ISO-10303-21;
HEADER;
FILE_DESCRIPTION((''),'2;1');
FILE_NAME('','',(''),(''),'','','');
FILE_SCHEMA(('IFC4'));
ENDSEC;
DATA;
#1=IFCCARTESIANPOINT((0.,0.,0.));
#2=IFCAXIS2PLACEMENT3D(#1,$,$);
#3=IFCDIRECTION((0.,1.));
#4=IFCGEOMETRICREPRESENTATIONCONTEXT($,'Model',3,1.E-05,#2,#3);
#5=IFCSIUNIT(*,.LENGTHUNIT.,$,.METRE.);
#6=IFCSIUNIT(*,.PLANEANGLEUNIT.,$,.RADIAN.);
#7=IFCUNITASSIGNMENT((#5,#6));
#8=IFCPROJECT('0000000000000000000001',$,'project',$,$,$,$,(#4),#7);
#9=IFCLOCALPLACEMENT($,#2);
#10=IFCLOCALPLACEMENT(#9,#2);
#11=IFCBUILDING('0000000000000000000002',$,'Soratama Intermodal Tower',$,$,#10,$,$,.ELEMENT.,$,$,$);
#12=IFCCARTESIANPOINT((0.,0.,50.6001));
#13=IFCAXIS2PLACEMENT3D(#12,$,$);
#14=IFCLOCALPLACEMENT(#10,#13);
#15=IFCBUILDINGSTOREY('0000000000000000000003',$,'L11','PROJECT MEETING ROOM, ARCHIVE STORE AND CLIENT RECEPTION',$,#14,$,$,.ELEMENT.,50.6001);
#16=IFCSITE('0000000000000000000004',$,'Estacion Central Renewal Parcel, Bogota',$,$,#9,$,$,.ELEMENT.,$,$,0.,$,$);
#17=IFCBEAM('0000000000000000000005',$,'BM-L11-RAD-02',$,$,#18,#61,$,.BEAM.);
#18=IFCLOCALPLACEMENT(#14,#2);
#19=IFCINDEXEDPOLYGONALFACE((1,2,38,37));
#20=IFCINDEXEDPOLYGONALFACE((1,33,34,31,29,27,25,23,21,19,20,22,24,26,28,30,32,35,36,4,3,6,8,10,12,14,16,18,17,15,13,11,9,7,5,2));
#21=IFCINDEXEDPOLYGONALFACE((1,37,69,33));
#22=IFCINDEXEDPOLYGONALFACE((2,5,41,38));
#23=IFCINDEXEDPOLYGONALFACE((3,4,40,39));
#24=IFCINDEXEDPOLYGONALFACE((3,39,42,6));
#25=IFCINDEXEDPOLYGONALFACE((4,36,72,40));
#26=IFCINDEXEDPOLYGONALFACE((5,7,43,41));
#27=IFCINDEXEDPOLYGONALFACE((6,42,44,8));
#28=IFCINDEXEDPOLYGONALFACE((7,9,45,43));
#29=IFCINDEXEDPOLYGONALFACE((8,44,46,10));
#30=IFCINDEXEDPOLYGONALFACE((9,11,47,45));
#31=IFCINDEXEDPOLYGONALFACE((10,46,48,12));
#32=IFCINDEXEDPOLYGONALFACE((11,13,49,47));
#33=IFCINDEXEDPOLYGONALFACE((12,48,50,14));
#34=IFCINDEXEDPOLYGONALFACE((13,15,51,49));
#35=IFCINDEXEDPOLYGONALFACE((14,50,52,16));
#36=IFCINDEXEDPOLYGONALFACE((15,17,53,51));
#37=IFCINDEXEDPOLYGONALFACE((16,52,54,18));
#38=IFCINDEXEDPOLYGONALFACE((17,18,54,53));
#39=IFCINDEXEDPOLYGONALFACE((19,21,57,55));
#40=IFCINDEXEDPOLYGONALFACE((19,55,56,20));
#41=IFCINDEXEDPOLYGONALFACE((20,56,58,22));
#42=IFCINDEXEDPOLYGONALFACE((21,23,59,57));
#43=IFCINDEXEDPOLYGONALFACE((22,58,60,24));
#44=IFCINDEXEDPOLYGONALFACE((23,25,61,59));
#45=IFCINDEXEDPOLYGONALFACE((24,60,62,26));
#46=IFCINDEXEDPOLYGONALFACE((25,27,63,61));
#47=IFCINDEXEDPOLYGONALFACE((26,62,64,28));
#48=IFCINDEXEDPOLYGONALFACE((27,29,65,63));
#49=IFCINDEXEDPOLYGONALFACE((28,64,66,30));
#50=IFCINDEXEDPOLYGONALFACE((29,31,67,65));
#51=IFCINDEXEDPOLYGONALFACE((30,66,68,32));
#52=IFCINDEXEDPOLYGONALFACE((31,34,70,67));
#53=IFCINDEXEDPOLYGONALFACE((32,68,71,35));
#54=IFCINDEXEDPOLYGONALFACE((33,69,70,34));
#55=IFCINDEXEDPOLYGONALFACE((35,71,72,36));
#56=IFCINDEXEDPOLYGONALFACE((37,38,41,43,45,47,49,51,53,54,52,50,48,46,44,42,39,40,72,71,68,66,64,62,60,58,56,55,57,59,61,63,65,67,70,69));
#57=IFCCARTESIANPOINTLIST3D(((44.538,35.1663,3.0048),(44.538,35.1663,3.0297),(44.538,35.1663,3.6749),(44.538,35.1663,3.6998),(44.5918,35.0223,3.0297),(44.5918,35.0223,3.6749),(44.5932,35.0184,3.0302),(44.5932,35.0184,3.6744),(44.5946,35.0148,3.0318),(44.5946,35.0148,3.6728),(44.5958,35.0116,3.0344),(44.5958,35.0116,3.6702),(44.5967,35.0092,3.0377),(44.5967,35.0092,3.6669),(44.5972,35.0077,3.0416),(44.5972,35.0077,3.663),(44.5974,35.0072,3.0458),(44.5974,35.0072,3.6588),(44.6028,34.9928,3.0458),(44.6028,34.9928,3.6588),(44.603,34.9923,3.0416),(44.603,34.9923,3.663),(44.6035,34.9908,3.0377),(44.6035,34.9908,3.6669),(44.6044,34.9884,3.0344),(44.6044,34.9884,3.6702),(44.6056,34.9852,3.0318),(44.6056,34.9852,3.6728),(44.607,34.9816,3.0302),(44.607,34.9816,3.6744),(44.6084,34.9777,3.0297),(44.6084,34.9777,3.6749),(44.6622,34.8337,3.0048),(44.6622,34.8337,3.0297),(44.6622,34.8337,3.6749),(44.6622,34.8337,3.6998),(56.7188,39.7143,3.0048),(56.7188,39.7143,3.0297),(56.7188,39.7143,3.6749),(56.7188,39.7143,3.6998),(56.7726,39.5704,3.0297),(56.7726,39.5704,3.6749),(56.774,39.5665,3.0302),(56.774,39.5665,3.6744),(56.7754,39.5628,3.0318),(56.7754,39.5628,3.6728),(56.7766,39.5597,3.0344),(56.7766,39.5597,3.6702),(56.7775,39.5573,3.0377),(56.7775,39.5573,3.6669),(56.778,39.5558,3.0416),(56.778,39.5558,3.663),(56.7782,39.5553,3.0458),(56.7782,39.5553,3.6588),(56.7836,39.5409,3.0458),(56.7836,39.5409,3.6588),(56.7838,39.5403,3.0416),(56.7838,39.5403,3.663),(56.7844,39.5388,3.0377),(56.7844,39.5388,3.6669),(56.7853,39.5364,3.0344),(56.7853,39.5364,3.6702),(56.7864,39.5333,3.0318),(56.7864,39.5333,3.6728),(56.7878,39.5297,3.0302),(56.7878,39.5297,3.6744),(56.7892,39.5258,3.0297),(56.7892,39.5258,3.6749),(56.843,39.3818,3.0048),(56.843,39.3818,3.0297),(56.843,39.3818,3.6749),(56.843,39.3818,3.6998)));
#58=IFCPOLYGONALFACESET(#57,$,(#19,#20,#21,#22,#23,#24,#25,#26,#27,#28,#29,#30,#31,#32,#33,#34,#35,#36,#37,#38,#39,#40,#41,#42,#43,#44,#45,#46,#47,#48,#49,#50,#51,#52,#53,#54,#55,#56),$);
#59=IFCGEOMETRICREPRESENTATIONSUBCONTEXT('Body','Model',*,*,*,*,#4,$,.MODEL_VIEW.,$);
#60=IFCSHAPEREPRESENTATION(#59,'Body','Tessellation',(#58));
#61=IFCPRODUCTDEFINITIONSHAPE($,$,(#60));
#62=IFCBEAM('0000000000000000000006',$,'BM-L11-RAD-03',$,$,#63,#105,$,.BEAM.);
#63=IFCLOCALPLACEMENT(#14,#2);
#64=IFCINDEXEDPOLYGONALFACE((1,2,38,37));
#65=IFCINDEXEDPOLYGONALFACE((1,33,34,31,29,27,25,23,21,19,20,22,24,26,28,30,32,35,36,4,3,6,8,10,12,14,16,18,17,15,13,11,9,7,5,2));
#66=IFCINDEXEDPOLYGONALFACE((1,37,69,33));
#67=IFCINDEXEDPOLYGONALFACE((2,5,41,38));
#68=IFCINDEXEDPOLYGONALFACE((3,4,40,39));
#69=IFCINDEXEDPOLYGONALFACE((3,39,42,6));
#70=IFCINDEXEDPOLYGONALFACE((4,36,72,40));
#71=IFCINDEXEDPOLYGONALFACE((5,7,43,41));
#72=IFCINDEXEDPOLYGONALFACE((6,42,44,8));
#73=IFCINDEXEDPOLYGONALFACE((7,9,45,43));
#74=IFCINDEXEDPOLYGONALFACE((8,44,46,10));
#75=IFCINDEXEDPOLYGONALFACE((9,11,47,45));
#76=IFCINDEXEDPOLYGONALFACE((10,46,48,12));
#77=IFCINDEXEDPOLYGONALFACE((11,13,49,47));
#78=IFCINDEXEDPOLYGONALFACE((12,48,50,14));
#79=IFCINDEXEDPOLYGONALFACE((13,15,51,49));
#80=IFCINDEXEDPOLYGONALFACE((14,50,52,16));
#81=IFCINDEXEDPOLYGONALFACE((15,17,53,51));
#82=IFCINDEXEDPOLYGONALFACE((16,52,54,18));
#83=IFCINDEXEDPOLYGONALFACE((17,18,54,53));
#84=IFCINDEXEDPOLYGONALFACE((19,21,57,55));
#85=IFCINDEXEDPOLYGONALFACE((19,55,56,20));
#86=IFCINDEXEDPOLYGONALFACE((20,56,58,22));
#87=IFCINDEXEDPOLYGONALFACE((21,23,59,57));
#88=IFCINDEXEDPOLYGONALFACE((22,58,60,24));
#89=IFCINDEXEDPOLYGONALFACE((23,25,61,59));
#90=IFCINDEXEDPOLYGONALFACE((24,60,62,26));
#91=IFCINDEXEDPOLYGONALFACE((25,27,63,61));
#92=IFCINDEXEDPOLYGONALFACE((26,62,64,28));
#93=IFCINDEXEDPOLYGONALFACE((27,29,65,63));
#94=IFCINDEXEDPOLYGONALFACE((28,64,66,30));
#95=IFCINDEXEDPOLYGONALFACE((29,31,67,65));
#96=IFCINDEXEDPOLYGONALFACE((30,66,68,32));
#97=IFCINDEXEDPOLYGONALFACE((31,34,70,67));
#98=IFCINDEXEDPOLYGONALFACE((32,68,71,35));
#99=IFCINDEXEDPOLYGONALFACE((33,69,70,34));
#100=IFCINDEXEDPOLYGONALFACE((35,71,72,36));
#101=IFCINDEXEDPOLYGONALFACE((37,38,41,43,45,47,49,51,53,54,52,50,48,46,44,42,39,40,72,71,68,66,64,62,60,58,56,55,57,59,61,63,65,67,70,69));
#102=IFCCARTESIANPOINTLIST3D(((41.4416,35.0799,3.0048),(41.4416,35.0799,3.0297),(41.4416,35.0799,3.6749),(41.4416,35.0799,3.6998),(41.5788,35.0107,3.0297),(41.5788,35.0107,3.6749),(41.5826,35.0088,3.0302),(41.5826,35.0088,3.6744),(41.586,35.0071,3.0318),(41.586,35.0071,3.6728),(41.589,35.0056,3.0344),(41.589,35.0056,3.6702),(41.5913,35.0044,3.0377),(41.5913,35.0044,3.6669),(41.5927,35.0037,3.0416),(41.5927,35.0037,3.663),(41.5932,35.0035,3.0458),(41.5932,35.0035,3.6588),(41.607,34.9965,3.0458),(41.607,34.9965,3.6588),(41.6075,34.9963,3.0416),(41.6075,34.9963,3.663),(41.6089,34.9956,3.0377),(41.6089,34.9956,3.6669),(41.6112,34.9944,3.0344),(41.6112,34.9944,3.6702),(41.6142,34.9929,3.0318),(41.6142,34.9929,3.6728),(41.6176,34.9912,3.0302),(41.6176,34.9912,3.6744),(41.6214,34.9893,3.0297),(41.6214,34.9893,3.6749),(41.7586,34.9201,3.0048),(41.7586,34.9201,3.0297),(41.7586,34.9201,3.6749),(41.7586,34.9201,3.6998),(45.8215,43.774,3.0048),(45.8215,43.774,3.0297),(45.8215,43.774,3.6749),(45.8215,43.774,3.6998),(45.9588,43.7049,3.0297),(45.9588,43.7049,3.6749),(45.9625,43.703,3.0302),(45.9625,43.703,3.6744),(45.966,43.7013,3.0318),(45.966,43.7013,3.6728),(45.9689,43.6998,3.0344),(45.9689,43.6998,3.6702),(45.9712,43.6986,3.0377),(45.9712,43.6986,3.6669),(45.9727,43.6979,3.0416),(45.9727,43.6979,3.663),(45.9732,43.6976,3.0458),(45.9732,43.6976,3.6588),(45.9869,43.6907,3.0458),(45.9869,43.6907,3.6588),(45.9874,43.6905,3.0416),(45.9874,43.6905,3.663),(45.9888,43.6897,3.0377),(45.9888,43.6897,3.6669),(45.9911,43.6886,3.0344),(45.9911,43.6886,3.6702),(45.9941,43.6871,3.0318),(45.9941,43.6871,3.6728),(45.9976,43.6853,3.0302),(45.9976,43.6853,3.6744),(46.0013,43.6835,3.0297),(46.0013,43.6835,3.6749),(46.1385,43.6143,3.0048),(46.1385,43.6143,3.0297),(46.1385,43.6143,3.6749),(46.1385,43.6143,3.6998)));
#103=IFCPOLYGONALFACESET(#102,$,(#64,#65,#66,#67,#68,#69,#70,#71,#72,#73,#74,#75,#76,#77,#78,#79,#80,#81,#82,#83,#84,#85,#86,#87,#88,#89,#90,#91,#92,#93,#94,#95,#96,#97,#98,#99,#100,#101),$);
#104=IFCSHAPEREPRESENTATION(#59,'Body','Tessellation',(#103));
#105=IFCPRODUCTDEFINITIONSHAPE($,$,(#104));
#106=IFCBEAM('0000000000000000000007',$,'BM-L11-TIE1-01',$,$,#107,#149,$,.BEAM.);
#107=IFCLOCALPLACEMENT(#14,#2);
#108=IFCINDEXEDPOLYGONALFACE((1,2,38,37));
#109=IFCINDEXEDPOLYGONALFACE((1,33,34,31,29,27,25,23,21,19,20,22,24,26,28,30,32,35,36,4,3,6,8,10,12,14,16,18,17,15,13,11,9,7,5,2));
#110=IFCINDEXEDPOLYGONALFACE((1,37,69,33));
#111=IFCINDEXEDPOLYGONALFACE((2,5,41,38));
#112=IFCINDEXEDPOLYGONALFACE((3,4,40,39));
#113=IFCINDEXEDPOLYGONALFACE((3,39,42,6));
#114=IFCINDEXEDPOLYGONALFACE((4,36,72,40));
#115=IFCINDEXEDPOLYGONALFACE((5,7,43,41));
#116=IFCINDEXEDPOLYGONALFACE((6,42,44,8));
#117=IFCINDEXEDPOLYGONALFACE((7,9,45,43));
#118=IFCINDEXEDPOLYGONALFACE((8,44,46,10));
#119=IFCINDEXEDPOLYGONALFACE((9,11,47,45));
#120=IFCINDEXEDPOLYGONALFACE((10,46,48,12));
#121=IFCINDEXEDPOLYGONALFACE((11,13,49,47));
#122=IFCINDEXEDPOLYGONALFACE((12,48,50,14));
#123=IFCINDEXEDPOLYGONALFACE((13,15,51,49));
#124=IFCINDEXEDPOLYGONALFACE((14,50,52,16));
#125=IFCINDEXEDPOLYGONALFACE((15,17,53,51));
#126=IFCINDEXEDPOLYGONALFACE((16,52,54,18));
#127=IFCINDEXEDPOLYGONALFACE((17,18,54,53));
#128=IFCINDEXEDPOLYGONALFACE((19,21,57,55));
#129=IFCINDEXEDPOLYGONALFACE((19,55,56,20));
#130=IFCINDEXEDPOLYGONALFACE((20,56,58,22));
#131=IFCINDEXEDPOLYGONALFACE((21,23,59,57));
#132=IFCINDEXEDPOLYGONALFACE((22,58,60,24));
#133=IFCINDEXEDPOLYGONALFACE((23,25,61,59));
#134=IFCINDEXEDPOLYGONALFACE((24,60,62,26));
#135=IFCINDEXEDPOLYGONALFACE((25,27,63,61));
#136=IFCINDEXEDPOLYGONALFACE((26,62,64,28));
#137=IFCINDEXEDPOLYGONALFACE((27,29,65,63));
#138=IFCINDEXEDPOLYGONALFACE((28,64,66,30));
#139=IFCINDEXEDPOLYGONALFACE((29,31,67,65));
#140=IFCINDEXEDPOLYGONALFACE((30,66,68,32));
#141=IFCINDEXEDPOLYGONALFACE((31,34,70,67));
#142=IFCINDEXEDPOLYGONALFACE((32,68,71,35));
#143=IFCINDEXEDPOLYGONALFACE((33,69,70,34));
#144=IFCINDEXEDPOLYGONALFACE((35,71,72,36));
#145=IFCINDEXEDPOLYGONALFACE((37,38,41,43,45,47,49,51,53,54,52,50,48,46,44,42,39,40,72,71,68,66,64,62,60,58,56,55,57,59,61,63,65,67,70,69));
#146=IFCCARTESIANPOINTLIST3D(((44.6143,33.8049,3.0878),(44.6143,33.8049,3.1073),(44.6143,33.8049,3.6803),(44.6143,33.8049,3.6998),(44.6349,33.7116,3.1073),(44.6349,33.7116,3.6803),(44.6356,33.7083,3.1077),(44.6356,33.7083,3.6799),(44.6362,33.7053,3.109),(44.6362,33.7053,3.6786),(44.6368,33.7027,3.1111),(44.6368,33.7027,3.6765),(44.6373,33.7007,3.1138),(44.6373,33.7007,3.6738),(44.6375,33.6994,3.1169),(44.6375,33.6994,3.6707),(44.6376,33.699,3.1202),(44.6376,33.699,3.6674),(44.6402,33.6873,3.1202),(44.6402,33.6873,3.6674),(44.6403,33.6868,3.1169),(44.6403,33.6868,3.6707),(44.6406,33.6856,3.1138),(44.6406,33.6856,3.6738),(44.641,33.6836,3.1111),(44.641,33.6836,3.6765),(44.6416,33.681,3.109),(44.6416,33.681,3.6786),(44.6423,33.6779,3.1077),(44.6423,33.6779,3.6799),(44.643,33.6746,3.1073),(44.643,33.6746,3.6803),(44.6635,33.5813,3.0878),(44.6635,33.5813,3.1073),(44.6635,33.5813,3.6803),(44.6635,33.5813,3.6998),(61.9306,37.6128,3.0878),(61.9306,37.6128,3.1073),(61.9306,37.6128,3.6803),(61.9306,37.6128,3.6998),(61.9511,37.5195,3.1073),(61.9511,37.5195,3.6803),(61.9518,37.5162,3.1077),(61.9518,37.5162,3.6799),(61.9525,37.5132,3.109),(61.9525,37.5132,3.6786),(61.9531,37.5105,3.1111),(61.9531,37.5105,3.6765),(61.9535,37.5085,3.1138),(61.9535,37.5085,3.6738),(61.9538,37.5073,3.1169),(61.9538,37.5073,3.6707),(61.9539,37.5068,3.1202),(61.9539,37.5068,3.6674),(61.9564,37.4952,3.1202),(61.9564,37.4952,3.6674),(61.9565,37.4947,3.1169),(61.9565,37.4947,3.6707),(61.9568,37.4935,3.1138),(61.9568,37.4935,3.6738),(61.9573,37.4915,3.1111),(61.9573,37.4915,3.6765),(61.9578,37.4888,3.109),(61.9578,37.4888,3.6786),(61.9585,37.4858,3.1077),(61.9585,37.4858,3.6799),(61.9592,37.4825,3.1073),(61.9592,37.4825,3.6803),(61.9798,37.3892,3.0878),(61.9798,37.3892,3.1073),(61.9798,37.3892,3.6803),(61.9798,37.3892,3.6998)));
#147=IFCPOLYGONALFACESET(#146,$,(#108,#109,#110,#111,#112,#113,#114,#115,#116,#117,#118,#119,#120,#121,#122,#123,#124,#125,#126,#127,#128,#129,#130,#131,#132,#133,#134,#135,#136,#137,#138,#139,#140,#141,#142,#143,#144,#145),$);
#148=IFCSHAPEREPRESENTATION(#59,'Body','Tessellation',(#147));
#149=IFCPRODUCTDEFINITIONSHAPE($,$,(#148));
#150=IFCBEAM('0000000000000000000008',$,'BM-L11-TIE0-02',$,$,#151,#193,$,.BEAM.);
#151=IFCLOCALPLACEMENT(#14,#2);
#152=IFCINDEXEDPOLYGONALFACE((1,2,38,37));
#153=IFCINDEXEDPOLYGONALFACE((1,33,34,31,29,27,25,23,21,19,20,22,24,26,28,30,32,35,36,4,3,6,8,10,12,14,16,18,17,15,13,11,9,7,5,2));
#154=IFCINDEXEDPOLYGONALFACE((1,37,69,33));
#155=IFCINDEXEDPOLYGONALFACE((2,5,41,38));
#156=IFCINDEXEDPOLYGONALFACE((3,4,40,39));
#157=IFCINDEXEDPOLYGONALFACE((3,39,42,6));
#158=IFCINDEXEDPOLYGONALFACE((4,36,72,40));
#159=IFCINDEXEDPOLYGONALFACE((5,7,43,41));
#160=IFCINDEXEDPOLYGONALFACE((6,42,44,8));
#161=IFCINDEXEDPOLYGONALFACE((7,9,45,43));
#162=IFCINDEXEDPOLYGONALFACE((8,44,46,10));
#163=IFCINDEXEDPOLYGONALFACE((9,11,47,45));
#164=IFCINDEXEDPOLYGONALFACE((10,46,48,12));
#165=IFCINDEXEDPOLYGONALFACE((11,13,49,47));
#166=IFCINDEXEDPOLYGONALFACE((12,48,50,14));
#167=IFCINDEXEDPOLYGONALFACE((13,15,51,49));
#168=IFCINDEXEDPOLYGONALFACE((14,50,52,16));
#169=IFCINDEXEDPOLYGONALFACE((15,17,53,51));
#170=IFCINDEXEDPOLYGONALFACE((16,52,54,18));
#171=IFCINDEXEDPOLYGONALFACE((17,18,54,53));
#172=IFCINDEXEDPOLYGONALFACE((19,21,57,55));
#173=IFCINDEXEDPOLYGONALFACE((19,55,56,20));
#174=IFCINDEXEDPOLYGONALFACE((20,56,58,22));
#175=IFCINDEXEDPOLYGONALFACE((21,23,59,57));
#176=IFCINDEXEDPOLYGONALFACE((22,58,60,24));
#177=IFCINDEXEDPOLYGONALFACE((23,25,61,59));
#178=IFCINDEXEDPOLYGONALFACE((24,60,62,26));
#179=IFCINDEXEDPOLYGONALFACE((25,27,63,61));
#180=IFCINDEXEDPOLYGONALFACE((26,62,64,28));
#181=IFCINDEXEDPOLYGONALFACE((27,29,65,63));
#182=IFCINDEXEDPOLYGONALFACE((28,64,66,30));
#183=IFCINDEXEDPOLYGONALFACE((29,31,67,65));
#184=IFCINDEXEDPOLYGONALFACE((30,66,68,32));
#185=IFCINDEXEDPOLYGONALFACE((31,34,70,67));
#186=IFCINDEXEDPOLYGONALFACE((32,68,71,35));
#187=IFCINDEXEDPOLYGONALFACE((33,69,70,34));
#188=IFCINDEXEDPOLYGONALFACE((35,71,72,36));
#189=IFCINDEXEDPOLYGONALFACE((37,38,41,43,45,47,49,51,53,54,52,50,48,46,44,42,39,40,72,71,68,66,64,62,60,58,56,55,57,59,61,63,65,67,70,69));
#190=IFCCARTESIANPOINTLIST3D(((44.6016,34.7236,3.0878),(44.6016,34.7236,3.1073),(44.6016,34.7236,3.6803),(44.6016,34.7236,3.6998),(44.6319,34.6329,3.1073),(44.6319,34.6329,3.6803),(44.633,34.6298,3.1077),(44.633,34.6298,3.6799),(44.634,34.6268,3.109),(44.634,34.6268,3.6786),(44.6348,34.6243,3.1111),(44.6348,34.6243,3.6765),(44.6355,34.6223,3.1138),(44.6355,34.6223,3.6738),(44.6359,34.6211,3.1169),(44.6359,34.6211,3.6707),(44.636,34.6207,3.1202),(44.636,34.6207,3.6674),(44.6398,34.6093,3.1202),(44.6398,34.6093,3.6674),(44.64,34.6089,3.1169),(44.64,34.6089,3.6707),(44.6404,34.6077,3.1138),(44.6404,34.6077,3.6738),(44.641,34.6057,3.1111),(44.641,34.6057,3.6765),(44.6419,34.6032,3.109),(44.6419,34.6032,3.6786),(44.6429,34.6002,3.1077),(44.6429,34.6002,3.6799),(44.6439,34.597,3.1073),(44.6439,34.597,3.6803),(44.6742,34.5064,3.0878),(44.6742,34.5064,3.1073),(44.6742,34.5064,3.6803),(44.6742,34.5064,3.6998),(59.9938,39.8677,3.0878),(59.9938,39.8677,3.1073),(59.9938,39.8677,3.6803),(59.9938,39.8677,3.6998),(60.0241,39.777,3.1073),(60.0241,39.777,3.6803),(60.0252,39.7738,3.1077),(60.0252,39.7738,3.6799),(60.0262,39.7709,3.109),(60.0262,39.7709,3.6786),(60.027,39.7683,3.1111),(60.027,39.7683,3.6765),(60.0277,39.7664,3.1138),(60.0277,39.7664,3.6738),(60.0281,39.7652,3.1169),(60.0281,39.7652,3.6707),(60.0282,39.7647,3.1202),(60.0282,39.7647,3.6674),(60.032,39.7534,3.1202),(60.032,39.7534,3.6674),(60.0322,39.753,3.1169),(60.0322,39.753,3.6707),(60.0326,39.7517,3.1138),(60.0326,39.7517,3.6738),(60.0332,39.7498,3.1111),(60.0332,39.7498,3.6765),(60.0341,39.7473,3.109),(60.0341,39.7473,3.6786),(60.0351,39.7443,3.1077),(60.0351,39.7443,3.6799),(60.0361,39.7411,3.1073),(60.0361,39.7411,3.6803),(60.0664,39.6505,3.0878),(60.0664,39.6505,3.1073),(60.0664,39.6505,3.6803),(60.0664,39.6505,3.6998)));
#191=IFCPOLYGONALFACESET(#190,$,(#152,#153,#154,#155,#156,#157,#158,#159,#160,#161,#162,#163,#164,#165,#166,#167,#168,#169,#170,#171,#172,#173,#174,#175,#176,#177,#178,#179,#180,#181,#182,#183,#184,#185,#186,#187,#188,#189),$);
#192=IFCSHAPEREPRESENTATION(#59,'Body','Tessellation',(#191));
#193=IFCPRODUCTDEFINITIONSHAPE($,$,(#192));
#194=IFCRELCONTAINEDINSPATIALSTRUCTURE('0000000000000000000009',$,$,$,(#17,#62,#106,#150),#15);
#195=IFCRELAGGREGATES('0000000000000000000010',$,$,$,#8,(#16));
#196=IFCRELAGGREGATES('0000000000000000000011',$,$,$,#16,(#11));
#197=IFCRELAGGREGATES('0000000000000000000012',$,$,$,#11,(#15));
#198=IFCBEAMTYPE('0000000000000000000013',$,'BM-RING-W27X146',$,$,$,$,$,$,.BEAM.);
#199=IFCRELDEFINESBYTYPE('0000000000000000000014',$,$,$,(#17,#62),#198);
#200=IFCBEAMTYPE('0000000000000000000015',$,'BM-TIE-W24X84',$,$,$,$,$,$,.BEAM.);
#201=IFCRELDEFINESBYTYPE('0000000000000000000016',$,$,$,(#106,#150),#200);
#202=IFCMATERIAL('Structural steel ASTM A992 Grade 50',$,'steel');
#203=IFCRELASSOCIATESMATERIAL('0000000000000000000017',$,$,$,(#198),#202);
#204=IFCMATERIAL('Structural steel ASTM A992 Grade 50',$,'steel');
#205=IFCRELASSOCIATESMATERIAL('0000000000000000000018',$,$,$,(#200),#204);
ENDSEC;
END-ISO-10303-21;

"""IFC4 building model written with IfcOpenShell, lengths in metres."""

from ifc_helpers import new_model, si_unit, direction, frame, origin, origin_2d, place, context, subcontext, project, spatial, i_section, extrude, material, material_profile, profile_set, type_object, element, save


model = new_model("IFC4")

# Units and contexts
model_context = context("Model", 3, precision=1e-05, world=origin(), true_north=direction((0.0, 1.0)))
body_context = subcontext(model_context, "Body", "Model", "MODEL_VIEW")
ifc_project = project(units=[si_unit("LENGTHUNIT", "METRE"), si_unit("PLANEANGLEUNIT", "RADIAN")], contexts=[model_context])

# Site, building, storey
site_placement = place(None, origin())
site = spatial("IfcSite", under=ifc_project, at=site_placement, Name="Estacion Central Renewal Parcel, Bogota", CompositionType="ELEMENT", RefElevation=0.0)
building_placement = place(site_placement, origin())
building = spatial("IfcBuilding", under=site, at=building_placement, Name="Soratama Intermodal Tower", CompositionType="ELEMENT")
storey_placement = place(building_placement, frame((0.0, 0.0, 50.6001)))
storey = spatial("IfcBuildingStorey", under=building, at=storey_placement, Name="L11", Description="PROJECT MEETING ROOM, ARCHIVE STORE AND CLIENT RECEPTION", CompositionType="ELEMENT", Elevation=50.6001)

# Beams
ifc_material_1 = material(Name="Structural steel ASTM A992 Grade 50", Category="steel")
ifc_material_profile_1 = material_profile(ifc_material_1, i_section(OverallWidth=0.355, OverallDepth=0.6951, WebThickness=0.0154, FlangeThickness=0.0249, FilletRadius=0.0161, at=origin_2d()), Name="W27X146")
ifc_profile_set_1 = profile_set([ifc_material_profile_1], Name="Structural steel ASTM A992 Grade 50")
beam_type_1 = type_object("IfcBeamType", Name="BM-RING-W27X146", PredefinedType="BEAM", material=ifc_profile_set_1)
beam_1_placement = place(storey_placement, frame((44.6001, 35.0, 3.3523), z_axis=(0.936827, 0.349792, 0.0), x_axis=(-0.349792, 0.936827, 0.0)))
element("IfcBeam", 1, at=beam_1_placement, inside=storey, type_object=beam_type_1, Name="BM-L11-RAD-02", PredefinedType="BEAM", context=body_context, shape_type="SweptSolid", body=[
    extrude(i_section(OverallWidth=0.355, OverallDepth=0.6951, WebThickness=0.0154, FlangeThickness=0.0249, FilletRadius=0.0161, at=origin_2d()), origin(), (0.0, 0.0, 1.0), 13.0022),
])
beam_2_placement = place(storey_placement, frame((41.6001, 35.0, 3.3523), z_axis=(0.44991, 0.893074, 0.0), x_axis=(-0.893074, 0.44991, 0.0)))
element("IfcBeam", 2, at=beam_2_placement, inside=storey, type_object=beam_type_1, Name="BM-L11-RAD-03", PredefinedType="BEAM", context=body_context, shape_type="SweptSolid", body=[
    extrude(i_section(OverallWidth=0.355, OverallDepth=0.6951, WebThickness=0.0154, FlangeThickness=0.0249, FilletRadius=0.0161, at=origin_2d()), origin(), (0.0, 0.0, 1.0), 9.7351),
])
ifc_material_2 = material(Name="Structural steel ASTM A992 Grade 50", Category="steel")
ifc_material_profile_2 = material_profile(ifc_material_2, i_section(OverallWidth=0.229, OverallDepth=0.6121, WebThickness=0.012, FlangeThickness=0.0195, FilletRadius=0.0129, at=origin_2d()), Name="W24X84")
ifc_profile_set_2 = profile_set([ifc_material_profile_2], Name="Structural steel ASTM A992 Grade 50")
beam_type_2 = type_object("IfcBeamType", Name="BM-TIE-W24X84", PredefinedType="BEAM", material=ifc_profile_set_2)
beam_3_placement = place(storey_placement, frame((44.6389, 33.6931, 3.3938), z_axis=(0.976665, 0.214771, 0.0), x_axis=(-0.214771, 0.976665, 0.0)))
element("IfcBeam", 3, at=beam_3_placement, inside=storey, type_object=beam_type_2, Name="BM-L11-TIE1-01", PredefinedType="BEAM", context=body_context, shape_type="SweptSolid", body=[
    extrude(i_section(OverallWidth=0.229, OverallDepth=0.6121, WebThickness=0.012, FlangeThickness=0.0195, FilletRadius=0.0129, at=origin_2d()), origin(), (0.0, 0.0, 1.0), 17.73),
])
beam_4_placement = place(storey_placement, frame((44.6379, 34.615, 3.3938), z_axis=(0.948436, 0.316968, 0.0), x_axis=(-0.316968, 0.948436, 0.0)))
element("IfcBeam", 4, at=beam_4_placement, inside=storey, type_object=beam_type_2, Name="BM-L11-TIE0-02", PredefinedType="BEAM", context=body_context, shape_type="SweptSolid", body=[
    extrude(i_section(OverallWidth=0.229, OverallDepth=0.6121, WebThickness=0.012, FlangeThickness=0.0195, FilletRadius=0.0129, at=origin_2d()), origin(), (0.0, 0.0, 1.0), 16.229),
])

save(model, "model.ifc")
